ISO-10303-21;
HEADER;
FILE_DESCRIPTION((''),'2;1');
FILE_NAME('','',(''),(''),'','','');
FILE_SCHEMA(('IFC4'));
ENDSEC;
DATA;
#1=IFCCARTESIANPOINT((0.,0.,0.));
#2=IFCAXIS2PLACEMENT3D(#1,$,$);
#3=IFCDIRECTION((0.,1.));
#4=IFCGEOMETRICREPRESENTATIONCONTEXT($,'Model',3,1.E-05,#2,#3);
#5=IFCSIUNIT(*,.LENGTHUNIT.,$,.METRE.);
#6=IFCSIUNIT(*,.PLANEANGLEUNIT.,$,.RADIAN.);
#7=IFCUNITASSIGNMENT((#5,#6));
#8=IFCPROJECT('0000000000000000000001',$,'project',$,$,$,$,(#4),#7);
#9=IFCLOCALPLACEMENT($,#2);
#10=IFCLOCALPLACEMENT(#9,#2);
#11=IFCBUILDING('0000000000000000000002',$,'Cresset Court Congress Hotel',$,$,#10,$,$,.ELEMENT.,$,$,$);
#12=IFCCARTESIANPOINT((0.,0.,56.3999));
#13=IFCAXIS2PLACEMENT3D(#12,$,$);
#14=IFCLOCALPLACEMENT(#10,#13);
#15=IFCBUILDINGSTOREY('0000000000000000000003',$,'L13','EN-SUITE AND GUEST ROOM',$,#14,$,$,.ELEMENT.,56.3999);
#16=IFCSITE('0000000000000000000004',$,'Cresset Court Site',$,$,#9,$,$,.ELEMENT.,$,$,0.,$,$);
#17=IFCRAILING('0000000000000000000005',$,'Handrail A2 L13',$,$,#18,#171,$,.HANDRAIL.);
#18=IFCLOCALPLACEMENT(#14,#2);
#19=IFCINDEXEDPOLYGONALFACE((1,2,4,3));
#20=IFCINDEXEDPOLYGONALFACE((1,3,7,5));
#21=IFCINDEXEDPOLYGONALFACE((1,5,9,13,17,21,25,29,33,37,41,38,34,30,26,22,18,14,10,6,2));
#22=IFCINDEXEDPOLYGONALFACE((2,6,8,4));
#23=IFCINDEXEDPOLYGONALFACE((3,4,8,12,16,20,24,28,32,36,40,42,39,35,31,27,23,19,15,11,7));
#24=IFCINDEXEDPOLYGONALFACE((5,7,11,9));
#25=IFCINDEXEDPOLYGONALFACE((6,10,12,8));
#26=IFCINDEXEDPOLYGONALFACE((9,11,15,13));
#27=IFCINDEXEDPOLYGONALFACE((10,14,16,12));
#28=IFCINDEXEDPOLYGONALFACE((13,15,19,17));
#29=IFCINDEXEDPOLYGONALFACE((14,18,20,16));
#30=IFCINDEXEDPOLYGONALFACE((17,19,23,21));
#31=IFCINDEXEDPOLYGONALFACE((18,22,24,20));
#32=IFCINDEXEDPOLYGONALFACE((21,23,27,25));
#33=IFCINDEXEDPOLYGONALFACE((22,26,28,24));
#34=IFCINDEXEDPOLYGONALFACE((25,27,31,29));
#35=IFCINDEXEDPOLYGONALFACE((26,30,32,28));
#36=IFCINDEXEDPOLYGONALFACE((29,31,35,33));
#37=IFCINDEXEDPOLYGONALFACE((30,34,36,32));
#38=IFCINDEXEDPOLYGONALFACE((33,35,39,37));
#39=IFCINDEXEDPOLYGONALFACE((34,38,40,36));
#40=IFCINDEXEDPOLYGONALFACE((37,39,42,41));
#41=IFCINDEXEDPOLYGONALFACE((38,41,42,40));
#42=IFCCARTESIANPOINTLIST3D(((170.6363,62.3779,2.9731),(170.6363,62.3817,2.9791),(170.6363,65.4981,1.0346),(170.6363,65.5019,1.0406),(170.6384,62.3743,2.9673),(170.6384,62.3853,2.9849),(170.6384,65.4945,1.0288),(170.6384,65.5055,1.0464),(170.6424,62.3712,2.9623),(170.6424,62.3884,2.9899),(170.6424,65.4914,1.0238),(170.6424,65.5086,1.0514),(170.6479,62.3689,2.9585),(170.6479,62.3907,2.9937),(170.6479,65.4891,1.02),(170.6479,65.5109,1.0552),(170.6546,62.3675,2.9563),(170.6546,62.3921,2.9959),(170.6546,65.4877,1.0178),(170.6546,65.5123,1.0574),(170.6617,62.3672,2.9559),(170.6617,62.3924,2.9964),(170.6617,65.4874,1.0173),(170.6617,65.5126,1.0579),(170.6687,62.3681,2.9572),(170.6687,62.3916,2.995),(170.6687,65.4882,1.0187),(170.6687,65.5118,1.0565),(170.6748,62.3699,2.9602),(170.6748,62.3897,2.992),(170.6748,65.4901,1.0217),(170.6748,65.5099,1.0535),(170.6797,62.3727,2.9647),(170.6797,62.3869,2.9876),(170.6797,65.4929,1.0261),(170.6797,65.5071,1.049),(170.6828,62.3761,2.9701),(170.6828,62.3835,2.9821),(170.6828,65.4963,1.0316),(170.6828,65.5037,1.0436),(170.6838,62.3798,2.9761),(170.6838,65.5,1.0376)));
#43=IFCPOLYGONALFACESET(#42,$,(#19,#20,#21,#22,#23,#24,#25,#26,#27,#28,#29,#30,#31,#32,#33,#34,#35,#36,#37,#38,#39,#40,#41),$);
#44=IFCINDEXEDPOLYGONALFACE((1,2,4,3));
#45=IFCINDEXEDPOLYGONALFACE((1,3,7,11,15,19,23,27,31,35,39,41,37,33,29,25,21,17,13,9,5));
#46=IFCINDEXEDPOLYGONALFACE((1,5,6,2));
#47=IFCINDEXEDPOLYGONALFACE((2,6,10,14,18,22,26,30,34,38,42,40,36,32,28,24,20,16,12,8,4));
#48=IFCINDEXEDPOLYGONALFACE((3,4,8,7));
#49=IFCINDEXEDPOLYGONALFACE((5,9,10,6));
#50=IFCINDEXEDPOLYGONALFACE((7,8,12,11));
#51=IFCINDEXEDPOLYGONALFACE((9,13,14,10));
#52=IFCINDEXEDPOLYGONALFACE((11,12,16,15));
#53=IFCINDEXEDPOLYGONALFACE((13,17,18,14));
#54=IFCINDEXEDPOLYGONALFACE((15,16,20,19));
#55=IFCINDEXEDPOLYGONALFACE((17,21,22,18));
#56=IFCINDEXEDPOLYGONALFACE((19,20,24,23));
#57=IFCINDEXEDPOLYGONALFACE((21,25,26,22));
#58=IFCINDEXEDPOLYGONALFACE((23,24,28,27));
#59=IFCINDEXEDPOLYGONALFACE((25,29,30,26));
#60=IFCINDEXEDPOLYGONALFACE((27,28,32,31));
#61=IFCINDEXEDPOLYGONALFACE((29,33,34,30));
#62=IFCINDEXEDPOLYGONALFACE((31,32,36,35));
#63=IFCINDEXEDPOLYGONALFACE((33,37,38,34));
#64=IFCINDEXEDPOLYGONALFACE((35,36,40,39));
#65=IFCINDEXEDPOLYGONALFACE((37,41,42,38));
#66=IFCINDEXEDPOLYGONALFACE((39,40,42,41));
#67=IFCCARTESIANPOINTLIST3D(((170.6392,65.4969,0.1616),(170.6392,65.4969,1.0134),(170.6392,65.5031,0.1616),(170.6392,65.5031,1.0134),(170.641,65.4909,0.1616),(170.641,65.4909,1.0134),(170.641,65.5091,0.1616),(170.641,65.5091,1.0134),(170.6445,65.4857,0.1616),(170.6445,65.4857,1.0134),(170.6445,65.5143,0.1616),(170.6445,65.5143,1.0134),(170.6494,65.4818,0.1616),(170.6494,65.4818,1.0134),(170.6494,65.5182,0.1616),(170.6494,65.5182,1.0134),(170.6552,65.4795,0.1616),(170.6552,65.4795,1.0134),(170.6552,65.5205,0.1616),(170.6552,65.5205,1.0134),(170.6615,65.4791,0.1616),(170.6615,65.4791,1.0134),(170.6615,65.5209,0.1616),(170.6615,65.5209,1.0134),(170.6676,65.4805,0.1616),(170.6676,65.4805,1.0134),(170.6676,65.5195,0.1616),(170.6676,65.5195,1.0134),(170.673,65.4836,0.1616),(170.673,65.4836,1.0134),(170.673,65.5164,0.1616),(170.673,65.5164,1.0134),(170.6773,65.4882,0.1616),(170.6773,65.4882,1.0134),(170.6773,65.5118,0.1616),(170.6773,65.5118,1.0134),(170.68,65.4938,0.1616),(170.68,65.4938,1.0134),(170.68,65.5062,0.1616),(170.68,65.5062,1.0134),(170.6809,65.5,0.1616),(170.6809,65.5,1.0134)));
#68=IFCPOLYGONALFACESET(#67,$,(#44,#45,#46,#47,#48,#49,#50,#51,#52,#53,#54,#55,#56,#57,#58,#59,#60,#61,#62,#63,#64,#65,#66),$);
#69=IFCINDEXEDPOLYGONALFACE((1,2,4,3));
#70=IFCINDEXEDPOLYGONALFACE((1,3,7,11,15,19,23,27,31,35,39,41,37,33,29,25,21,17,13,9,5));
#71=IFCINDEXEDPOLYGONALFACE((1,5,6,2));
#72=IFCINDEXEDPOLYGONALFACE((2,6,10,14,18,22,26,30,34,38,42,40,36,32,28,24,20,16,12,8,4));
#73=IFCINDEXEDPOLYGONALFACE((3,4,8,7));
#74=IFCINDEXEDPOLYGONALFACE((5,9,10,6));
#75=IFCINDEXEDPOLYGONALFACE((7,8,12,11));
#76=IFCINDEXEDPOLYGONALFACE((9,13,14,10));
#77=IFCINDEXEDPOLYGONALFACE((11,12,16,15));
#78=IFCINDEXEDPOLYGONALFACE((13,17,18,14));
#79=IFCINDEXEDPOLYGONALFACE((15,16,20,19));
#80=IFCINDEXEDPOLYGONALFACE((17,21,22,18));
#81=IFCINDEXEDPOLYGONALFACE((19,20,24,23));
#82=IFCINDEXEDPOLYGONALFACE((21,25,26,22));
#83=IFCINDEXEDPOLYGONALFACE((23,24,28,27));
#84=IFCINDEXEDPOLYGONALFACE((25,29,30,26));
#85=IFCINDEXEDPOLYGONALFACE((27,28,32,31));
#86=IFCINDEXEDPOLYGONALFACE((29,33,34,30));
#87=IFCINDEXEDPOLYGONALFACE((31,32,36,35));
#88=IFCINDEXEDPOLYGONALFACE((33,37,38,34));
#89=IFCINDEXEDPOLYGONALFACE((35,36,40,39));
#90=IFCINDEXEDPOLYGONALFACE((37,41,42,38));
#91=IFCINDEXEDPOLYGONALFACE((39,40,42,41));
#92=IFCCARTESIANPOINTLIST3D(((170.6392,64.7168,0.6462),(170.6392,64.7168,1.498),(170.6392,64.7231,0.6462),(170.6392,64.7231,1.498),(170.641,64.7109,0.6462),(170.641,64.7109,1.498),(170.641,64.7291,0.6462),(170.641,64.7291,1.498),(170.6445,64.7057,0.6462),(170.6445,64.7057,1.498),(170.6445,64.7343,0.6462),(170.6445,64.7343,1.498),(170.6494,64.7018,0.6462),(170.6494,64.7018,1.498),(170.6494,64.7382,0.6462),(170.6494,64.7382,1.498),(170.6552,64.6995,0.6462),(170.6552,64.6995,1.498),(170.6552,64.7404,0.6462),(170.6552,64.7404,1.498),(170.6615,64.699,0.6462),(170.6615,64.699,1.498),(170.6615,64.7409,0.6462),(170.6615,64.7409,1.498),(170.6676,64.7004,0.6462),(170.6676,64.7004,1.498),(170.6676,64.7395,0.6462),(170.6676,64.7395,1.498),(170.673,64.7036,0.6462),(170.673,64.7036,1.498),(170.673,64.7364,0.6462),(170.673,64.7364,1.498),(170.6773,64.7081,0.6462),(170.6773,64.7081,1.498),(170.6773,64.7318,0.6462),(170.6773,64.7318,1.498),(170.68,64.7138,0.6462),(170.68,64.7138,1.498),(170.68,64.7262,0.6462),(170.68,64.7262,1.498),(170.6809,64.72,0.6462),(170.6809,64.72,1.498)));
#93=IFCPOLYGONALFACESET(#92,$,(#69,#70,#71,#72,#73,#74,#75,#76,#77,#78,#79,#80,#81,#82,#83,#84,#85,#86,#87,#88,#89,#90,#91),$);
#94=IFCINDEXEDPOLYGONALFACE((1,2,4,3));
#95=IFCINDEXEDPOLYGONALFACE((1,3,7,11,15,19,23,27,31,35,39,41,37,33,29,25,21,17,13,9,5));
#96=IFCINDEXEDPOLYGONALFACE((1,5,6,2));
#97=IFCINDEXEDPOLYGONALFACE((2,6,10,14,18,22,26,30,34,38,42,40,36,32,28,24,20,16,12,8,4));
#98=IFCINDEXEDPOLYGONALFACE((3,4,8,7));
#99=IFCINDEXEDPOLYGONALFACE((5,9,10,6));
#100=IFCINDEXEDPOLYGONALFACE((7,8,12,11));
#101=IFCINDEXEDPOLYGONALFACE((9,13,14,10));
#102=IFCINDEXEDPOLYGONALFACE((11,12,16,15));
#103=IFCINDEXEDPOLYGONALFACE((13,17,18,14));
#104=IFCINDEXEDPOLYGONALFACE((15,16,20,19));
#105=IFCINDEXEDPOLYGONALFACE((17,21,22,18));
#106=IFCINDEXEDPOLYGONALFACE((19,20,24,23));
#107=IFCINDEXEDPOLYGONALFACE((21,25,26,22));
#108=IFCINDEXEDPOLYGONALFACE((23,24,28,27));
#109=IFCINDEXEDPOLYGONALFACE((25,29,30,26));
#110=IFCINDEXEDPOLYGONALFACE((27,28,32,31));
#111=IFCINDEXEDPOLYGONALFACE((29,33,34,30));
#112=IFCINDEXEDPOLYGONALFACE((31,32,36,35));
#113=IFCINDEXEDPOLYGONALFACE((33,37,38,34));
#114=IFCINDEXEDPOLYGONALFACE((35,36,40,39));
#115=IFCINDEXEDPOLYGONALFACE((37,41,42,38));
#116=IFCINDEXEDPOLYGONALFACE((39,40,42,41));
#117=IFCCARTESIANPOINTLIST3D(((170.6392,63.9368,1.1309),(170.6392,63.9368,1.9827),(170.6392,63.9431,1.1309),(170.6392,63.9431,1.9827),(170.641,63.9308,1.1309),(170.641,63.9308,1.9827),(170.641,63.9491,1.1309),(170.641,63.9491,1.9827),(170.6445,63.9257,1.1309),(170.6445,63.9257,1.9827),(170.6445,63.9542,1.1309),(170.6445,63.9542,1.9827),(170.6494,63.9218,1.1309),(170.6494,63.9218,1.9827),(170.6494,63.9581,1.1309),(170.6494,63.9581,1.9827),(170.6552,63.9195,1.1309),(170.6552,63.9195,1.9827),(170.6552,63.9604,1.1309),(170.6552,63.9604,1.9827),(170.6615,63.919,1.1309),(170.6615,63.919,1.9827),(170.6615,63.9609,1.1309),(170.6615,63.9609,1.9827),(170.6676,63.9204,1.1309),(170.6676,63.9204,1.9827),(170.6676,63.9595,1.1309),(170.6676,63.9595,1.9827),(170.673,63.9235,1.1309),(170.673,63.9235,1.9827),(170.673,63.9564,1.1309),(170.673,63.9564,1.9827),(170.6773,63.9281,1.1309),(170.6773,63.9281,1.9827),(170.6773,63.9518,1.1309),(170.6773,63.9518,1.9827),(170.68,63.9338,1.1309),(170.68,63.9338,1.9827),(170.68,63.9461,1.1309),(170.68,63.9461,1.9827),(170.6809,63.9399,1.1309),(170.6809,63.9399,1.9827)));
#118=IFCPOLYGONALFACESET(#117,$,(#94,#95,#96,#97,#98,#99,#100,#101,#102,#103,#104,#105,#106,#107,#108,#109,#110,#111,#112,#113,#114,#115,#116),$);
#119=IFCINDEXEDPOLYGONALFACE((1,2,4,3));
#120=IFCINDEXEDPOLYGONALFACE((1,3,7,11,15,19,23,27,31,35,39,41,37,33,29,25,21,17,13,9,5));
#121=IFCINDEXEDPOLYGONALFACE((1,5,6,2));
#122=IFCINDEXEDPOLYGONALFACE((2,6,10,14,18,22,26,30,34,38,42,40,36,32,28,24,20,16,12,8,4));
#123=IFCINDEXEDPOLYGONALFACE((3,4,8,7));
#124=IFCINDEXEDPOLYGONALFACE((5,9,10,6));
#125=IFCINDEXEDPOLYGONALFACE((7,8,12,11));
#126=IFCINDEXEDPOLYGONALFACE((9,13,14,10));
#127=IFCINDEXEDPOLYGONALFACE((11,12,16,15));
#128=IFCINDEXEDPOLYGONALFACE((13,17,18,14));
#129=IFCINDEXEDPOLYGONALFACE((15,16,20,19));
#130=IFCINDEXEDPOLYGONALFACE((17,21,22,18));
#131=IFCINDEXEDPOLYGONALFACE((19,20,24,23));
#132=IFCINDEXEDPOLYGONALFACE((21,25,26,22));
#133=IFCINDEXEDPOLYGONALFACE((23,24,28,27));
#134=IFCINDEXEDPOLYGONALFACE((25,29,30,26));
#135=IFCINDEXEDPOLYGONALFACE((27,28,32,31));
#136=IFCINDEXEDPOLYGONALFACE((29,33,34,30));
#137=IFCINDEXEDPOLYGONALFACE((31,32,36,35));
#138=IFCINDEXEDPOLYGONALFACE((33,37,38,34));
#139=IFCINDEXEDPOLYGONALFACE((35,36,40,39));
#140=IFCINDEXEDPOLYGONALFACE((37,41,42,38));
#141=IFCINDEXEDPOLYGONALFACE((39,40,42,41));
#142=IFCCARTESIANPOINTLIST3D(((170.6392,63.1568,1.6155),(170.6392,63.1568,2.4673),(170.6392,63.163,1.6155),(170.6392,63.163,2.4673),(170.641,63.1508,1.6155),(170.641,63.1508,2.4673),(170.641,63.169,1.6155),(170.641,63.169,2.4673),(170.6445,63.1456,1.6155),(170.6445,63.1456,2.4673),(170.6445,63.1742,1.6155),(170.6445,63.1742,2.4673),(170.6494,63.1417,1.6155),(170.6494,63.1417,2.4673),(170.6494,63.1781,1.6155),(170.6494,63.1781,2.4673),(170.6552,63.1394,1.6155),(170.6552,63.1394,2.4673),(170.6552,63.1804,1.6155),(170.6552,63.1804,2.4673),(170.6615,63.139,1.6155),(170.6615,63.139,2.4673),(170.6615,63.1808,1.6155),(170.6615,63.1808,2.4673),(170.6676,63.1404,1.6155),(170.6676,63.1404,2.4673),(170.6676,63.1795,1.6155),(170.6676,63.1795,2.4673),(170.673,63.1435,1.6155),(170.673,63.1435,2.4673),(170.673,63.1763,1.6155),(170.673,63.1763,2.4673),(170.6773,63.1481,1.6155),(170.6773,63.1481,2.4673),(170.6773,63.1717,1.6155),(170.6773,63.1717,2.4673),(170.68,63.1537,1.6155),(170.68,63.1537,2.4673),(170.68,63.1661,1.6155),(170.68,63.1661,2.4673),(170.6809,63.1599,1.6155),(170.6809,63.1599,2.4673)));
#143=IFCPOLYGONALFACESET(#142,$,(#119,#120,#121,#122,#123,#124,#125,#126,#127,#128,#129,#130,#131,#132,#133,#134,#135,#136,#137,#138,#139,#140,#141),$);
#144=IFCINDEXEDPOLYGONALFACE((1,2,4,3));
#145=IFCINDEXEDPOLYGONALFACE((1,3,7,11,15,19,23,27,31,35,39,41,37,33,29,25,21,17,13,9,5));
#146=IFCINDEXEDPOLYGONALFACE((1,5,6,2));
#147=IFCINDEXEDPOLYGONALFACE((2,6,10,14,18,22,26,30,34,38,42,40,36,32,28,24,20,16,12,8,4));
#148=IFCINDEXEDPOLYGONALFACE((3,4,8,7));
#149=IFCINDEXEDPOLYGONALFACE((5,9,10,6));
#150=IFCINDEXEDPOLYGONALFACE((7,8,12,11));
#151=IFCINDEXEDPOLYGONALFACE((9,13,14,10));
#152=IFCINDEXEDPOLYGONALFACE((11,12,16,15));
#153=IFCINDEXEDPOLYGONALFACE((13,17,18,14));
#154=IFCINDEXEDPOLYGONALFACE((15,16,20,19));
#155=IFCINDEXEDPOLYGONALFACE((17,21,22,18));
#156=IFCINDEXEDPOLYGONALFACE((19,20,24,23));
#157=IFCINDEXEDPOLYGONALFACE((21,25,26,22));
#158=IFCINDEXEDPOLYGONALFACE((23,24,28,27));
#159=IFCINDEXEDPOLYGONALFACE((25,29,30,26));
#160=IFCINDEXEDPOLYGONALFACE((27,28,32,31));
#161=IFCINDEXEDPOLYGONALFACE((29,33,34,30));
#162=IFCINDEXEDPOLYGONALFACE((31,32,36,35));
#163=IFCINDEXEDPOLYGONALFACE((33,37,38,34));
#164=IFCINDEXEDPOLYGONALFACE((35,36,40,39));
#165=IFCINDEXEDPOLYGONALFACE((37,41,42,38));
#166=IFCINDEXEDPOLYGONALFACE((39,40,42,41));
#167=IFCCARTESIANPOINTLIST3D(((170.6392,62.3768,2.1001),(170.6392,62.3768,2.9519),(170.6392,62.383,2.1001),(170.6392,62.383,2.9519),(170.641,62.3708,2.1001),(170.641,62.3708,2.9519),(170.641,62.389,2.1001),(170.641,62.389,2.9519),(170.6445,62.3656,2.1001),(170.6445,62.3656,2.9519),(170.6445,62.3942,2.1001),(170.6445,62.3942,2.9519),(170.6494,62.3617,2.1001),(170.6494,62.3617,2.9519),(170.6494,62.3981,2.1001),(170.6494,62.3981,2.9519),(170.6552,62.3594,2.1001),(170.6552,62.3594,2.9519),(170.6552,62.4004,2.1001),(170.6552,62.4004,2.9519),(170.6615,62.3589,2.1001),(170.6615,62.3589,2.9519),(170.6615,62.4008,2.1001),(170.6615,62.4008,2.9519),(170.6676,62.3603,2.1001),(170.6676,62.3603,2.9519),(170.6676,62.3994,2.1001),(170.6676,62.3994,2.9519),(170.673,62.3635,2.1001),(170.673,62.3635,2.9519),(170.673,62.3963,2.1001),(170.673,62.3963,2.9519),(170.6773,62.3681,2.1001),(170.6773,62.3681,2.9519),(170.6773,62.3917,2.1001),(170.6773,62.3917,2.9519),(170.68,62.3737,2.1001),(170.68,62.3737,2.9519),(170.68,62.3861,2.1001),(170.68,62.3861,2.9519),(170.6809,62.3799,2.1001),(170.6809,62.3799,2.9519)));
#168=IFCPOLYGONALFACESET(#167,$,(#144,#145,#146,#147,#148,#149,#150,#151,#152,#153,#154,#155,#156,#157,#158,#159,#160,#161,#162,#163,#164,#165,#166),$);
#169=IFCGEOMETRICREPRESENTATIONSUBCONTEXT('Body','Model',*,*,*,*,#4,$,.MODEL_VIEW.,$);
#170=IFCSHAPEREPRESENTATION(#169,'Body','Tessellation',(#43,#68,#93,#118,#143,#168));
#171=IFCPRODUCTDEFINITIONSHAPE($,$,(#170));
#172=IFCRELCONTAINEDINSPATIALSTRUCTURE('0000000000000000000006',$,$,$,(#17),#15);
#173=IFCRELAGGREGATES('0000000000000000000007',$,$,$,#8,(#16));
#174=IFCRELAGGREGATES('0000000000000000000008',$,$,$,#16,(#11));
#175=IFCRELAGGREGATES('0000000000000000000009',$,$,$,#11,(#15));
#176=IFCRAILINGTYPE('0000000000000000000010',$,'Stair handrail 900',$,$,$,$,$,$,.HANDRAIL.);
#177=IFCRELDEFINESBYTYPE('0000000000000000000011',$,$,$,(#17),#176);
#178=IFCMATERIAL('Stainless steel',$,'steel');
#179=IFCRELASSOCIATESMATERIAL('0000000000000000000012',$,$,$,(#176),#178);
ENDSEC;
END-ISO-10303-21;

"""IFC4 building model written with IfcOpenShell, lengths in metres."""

from ifc_helpers import new_model, si_unit, direction, frame, origin, origin_2d, place, context, subcontext, project, spatial, circle, extrude, material, type_object, element, save


model = new_model("IFC4")

# Units and contexts
model_context = context("Model", 3, precision=1e-05, world=origin(), true_north=direction((0.0, 1.0)))
body_context = subcontext(model_context, "Body", "Model", "MODEL_VIEW")
ifc_project = project(units=[si_unit("LENGTHUNIT", "METRE"), si_unit("PLANEANGLEUNIT", "RADIAN")], contexts=[model_context])

# Site, building, storey
site_placement = place(None, origin())
site = spatial("IfcSite", under=ifc_project, at=site_placement, Name="Cresset Court Site", CompositionType="ELEMENT", RefElevation=0.0)
building_placement = place(site_placement, origin())
building = spatial("IfcBuilding", under=site, at=building_placement, Name="Cresset Court Congress Hotel", CompositionType="ELEMENT")
storey_placement = place(building_placement, frame((0.0, 0.0, 56.3999)))
storey = spatial("IfcBuildingStorey", under=building, at=storey_placement, Name="L13", Description="EN-SUITE AND GUEST ROOM", CompositionType="ELEMENT", Elevation=56.3999)

# Railing
ifc_material_1 = material(Name="Stainless steel", Category="steel")
railing_type_1 = type_object("IfcRailingType", Name="Stair handrail 900", PredefinedType="HANDRAIL", material=ifc_material_1)
for number, where, name in (
    (1, (170.6599, 65.5, 0.1616), "Handrail A2 L13"),
):
    element("IfcRailing", number, at=place(storey_placement, frame(where)), inside=storey, type_object=railing_type_1, Name=name, PredefinedType="HANDRAIL", context=body_context, shape_type="SweptSolid", body=[
        extrude(circle(Radius=0.0239, at=origin_2d()), frame((0.0, 0.0, 0.876), z_axis=(0.0, -0.849414, 0.527727), x_axis=(1.0, 0.0, 0.0)), (0.0, 0.0, 1.0), 3.6733),
        extrude(circle(Radius=0.021, at=origin_2d()), origin(), (0.0, 0.0, 1.0), 0.8518),
        extrude(circle(Radius=0.021, at=origin_2d()), frame((0.0, -0.78, 0.4846)), (0.0, 0.0, 1.0), 0.8518),
        extrude(circle(Radius=0.021, at=origin_2d()), frame((0.0, -1.5601, 0.9692)), (0.0, 0.0, 1.0), 0.8518),
        extrude(circle(Radius=0.021, at=origin_2d()), frame((0.0, -2.3401, 1.4539)), (0.0, 0.0, 1.0), 0.8518),
        extrude(circle(Radius=0.021, at=origin_2d()), frame((0.0, -3.1201, 1.9385)), (0.0, 0.0, 1.0), 0.8518),
    ])

save(model, "model.ifc")
